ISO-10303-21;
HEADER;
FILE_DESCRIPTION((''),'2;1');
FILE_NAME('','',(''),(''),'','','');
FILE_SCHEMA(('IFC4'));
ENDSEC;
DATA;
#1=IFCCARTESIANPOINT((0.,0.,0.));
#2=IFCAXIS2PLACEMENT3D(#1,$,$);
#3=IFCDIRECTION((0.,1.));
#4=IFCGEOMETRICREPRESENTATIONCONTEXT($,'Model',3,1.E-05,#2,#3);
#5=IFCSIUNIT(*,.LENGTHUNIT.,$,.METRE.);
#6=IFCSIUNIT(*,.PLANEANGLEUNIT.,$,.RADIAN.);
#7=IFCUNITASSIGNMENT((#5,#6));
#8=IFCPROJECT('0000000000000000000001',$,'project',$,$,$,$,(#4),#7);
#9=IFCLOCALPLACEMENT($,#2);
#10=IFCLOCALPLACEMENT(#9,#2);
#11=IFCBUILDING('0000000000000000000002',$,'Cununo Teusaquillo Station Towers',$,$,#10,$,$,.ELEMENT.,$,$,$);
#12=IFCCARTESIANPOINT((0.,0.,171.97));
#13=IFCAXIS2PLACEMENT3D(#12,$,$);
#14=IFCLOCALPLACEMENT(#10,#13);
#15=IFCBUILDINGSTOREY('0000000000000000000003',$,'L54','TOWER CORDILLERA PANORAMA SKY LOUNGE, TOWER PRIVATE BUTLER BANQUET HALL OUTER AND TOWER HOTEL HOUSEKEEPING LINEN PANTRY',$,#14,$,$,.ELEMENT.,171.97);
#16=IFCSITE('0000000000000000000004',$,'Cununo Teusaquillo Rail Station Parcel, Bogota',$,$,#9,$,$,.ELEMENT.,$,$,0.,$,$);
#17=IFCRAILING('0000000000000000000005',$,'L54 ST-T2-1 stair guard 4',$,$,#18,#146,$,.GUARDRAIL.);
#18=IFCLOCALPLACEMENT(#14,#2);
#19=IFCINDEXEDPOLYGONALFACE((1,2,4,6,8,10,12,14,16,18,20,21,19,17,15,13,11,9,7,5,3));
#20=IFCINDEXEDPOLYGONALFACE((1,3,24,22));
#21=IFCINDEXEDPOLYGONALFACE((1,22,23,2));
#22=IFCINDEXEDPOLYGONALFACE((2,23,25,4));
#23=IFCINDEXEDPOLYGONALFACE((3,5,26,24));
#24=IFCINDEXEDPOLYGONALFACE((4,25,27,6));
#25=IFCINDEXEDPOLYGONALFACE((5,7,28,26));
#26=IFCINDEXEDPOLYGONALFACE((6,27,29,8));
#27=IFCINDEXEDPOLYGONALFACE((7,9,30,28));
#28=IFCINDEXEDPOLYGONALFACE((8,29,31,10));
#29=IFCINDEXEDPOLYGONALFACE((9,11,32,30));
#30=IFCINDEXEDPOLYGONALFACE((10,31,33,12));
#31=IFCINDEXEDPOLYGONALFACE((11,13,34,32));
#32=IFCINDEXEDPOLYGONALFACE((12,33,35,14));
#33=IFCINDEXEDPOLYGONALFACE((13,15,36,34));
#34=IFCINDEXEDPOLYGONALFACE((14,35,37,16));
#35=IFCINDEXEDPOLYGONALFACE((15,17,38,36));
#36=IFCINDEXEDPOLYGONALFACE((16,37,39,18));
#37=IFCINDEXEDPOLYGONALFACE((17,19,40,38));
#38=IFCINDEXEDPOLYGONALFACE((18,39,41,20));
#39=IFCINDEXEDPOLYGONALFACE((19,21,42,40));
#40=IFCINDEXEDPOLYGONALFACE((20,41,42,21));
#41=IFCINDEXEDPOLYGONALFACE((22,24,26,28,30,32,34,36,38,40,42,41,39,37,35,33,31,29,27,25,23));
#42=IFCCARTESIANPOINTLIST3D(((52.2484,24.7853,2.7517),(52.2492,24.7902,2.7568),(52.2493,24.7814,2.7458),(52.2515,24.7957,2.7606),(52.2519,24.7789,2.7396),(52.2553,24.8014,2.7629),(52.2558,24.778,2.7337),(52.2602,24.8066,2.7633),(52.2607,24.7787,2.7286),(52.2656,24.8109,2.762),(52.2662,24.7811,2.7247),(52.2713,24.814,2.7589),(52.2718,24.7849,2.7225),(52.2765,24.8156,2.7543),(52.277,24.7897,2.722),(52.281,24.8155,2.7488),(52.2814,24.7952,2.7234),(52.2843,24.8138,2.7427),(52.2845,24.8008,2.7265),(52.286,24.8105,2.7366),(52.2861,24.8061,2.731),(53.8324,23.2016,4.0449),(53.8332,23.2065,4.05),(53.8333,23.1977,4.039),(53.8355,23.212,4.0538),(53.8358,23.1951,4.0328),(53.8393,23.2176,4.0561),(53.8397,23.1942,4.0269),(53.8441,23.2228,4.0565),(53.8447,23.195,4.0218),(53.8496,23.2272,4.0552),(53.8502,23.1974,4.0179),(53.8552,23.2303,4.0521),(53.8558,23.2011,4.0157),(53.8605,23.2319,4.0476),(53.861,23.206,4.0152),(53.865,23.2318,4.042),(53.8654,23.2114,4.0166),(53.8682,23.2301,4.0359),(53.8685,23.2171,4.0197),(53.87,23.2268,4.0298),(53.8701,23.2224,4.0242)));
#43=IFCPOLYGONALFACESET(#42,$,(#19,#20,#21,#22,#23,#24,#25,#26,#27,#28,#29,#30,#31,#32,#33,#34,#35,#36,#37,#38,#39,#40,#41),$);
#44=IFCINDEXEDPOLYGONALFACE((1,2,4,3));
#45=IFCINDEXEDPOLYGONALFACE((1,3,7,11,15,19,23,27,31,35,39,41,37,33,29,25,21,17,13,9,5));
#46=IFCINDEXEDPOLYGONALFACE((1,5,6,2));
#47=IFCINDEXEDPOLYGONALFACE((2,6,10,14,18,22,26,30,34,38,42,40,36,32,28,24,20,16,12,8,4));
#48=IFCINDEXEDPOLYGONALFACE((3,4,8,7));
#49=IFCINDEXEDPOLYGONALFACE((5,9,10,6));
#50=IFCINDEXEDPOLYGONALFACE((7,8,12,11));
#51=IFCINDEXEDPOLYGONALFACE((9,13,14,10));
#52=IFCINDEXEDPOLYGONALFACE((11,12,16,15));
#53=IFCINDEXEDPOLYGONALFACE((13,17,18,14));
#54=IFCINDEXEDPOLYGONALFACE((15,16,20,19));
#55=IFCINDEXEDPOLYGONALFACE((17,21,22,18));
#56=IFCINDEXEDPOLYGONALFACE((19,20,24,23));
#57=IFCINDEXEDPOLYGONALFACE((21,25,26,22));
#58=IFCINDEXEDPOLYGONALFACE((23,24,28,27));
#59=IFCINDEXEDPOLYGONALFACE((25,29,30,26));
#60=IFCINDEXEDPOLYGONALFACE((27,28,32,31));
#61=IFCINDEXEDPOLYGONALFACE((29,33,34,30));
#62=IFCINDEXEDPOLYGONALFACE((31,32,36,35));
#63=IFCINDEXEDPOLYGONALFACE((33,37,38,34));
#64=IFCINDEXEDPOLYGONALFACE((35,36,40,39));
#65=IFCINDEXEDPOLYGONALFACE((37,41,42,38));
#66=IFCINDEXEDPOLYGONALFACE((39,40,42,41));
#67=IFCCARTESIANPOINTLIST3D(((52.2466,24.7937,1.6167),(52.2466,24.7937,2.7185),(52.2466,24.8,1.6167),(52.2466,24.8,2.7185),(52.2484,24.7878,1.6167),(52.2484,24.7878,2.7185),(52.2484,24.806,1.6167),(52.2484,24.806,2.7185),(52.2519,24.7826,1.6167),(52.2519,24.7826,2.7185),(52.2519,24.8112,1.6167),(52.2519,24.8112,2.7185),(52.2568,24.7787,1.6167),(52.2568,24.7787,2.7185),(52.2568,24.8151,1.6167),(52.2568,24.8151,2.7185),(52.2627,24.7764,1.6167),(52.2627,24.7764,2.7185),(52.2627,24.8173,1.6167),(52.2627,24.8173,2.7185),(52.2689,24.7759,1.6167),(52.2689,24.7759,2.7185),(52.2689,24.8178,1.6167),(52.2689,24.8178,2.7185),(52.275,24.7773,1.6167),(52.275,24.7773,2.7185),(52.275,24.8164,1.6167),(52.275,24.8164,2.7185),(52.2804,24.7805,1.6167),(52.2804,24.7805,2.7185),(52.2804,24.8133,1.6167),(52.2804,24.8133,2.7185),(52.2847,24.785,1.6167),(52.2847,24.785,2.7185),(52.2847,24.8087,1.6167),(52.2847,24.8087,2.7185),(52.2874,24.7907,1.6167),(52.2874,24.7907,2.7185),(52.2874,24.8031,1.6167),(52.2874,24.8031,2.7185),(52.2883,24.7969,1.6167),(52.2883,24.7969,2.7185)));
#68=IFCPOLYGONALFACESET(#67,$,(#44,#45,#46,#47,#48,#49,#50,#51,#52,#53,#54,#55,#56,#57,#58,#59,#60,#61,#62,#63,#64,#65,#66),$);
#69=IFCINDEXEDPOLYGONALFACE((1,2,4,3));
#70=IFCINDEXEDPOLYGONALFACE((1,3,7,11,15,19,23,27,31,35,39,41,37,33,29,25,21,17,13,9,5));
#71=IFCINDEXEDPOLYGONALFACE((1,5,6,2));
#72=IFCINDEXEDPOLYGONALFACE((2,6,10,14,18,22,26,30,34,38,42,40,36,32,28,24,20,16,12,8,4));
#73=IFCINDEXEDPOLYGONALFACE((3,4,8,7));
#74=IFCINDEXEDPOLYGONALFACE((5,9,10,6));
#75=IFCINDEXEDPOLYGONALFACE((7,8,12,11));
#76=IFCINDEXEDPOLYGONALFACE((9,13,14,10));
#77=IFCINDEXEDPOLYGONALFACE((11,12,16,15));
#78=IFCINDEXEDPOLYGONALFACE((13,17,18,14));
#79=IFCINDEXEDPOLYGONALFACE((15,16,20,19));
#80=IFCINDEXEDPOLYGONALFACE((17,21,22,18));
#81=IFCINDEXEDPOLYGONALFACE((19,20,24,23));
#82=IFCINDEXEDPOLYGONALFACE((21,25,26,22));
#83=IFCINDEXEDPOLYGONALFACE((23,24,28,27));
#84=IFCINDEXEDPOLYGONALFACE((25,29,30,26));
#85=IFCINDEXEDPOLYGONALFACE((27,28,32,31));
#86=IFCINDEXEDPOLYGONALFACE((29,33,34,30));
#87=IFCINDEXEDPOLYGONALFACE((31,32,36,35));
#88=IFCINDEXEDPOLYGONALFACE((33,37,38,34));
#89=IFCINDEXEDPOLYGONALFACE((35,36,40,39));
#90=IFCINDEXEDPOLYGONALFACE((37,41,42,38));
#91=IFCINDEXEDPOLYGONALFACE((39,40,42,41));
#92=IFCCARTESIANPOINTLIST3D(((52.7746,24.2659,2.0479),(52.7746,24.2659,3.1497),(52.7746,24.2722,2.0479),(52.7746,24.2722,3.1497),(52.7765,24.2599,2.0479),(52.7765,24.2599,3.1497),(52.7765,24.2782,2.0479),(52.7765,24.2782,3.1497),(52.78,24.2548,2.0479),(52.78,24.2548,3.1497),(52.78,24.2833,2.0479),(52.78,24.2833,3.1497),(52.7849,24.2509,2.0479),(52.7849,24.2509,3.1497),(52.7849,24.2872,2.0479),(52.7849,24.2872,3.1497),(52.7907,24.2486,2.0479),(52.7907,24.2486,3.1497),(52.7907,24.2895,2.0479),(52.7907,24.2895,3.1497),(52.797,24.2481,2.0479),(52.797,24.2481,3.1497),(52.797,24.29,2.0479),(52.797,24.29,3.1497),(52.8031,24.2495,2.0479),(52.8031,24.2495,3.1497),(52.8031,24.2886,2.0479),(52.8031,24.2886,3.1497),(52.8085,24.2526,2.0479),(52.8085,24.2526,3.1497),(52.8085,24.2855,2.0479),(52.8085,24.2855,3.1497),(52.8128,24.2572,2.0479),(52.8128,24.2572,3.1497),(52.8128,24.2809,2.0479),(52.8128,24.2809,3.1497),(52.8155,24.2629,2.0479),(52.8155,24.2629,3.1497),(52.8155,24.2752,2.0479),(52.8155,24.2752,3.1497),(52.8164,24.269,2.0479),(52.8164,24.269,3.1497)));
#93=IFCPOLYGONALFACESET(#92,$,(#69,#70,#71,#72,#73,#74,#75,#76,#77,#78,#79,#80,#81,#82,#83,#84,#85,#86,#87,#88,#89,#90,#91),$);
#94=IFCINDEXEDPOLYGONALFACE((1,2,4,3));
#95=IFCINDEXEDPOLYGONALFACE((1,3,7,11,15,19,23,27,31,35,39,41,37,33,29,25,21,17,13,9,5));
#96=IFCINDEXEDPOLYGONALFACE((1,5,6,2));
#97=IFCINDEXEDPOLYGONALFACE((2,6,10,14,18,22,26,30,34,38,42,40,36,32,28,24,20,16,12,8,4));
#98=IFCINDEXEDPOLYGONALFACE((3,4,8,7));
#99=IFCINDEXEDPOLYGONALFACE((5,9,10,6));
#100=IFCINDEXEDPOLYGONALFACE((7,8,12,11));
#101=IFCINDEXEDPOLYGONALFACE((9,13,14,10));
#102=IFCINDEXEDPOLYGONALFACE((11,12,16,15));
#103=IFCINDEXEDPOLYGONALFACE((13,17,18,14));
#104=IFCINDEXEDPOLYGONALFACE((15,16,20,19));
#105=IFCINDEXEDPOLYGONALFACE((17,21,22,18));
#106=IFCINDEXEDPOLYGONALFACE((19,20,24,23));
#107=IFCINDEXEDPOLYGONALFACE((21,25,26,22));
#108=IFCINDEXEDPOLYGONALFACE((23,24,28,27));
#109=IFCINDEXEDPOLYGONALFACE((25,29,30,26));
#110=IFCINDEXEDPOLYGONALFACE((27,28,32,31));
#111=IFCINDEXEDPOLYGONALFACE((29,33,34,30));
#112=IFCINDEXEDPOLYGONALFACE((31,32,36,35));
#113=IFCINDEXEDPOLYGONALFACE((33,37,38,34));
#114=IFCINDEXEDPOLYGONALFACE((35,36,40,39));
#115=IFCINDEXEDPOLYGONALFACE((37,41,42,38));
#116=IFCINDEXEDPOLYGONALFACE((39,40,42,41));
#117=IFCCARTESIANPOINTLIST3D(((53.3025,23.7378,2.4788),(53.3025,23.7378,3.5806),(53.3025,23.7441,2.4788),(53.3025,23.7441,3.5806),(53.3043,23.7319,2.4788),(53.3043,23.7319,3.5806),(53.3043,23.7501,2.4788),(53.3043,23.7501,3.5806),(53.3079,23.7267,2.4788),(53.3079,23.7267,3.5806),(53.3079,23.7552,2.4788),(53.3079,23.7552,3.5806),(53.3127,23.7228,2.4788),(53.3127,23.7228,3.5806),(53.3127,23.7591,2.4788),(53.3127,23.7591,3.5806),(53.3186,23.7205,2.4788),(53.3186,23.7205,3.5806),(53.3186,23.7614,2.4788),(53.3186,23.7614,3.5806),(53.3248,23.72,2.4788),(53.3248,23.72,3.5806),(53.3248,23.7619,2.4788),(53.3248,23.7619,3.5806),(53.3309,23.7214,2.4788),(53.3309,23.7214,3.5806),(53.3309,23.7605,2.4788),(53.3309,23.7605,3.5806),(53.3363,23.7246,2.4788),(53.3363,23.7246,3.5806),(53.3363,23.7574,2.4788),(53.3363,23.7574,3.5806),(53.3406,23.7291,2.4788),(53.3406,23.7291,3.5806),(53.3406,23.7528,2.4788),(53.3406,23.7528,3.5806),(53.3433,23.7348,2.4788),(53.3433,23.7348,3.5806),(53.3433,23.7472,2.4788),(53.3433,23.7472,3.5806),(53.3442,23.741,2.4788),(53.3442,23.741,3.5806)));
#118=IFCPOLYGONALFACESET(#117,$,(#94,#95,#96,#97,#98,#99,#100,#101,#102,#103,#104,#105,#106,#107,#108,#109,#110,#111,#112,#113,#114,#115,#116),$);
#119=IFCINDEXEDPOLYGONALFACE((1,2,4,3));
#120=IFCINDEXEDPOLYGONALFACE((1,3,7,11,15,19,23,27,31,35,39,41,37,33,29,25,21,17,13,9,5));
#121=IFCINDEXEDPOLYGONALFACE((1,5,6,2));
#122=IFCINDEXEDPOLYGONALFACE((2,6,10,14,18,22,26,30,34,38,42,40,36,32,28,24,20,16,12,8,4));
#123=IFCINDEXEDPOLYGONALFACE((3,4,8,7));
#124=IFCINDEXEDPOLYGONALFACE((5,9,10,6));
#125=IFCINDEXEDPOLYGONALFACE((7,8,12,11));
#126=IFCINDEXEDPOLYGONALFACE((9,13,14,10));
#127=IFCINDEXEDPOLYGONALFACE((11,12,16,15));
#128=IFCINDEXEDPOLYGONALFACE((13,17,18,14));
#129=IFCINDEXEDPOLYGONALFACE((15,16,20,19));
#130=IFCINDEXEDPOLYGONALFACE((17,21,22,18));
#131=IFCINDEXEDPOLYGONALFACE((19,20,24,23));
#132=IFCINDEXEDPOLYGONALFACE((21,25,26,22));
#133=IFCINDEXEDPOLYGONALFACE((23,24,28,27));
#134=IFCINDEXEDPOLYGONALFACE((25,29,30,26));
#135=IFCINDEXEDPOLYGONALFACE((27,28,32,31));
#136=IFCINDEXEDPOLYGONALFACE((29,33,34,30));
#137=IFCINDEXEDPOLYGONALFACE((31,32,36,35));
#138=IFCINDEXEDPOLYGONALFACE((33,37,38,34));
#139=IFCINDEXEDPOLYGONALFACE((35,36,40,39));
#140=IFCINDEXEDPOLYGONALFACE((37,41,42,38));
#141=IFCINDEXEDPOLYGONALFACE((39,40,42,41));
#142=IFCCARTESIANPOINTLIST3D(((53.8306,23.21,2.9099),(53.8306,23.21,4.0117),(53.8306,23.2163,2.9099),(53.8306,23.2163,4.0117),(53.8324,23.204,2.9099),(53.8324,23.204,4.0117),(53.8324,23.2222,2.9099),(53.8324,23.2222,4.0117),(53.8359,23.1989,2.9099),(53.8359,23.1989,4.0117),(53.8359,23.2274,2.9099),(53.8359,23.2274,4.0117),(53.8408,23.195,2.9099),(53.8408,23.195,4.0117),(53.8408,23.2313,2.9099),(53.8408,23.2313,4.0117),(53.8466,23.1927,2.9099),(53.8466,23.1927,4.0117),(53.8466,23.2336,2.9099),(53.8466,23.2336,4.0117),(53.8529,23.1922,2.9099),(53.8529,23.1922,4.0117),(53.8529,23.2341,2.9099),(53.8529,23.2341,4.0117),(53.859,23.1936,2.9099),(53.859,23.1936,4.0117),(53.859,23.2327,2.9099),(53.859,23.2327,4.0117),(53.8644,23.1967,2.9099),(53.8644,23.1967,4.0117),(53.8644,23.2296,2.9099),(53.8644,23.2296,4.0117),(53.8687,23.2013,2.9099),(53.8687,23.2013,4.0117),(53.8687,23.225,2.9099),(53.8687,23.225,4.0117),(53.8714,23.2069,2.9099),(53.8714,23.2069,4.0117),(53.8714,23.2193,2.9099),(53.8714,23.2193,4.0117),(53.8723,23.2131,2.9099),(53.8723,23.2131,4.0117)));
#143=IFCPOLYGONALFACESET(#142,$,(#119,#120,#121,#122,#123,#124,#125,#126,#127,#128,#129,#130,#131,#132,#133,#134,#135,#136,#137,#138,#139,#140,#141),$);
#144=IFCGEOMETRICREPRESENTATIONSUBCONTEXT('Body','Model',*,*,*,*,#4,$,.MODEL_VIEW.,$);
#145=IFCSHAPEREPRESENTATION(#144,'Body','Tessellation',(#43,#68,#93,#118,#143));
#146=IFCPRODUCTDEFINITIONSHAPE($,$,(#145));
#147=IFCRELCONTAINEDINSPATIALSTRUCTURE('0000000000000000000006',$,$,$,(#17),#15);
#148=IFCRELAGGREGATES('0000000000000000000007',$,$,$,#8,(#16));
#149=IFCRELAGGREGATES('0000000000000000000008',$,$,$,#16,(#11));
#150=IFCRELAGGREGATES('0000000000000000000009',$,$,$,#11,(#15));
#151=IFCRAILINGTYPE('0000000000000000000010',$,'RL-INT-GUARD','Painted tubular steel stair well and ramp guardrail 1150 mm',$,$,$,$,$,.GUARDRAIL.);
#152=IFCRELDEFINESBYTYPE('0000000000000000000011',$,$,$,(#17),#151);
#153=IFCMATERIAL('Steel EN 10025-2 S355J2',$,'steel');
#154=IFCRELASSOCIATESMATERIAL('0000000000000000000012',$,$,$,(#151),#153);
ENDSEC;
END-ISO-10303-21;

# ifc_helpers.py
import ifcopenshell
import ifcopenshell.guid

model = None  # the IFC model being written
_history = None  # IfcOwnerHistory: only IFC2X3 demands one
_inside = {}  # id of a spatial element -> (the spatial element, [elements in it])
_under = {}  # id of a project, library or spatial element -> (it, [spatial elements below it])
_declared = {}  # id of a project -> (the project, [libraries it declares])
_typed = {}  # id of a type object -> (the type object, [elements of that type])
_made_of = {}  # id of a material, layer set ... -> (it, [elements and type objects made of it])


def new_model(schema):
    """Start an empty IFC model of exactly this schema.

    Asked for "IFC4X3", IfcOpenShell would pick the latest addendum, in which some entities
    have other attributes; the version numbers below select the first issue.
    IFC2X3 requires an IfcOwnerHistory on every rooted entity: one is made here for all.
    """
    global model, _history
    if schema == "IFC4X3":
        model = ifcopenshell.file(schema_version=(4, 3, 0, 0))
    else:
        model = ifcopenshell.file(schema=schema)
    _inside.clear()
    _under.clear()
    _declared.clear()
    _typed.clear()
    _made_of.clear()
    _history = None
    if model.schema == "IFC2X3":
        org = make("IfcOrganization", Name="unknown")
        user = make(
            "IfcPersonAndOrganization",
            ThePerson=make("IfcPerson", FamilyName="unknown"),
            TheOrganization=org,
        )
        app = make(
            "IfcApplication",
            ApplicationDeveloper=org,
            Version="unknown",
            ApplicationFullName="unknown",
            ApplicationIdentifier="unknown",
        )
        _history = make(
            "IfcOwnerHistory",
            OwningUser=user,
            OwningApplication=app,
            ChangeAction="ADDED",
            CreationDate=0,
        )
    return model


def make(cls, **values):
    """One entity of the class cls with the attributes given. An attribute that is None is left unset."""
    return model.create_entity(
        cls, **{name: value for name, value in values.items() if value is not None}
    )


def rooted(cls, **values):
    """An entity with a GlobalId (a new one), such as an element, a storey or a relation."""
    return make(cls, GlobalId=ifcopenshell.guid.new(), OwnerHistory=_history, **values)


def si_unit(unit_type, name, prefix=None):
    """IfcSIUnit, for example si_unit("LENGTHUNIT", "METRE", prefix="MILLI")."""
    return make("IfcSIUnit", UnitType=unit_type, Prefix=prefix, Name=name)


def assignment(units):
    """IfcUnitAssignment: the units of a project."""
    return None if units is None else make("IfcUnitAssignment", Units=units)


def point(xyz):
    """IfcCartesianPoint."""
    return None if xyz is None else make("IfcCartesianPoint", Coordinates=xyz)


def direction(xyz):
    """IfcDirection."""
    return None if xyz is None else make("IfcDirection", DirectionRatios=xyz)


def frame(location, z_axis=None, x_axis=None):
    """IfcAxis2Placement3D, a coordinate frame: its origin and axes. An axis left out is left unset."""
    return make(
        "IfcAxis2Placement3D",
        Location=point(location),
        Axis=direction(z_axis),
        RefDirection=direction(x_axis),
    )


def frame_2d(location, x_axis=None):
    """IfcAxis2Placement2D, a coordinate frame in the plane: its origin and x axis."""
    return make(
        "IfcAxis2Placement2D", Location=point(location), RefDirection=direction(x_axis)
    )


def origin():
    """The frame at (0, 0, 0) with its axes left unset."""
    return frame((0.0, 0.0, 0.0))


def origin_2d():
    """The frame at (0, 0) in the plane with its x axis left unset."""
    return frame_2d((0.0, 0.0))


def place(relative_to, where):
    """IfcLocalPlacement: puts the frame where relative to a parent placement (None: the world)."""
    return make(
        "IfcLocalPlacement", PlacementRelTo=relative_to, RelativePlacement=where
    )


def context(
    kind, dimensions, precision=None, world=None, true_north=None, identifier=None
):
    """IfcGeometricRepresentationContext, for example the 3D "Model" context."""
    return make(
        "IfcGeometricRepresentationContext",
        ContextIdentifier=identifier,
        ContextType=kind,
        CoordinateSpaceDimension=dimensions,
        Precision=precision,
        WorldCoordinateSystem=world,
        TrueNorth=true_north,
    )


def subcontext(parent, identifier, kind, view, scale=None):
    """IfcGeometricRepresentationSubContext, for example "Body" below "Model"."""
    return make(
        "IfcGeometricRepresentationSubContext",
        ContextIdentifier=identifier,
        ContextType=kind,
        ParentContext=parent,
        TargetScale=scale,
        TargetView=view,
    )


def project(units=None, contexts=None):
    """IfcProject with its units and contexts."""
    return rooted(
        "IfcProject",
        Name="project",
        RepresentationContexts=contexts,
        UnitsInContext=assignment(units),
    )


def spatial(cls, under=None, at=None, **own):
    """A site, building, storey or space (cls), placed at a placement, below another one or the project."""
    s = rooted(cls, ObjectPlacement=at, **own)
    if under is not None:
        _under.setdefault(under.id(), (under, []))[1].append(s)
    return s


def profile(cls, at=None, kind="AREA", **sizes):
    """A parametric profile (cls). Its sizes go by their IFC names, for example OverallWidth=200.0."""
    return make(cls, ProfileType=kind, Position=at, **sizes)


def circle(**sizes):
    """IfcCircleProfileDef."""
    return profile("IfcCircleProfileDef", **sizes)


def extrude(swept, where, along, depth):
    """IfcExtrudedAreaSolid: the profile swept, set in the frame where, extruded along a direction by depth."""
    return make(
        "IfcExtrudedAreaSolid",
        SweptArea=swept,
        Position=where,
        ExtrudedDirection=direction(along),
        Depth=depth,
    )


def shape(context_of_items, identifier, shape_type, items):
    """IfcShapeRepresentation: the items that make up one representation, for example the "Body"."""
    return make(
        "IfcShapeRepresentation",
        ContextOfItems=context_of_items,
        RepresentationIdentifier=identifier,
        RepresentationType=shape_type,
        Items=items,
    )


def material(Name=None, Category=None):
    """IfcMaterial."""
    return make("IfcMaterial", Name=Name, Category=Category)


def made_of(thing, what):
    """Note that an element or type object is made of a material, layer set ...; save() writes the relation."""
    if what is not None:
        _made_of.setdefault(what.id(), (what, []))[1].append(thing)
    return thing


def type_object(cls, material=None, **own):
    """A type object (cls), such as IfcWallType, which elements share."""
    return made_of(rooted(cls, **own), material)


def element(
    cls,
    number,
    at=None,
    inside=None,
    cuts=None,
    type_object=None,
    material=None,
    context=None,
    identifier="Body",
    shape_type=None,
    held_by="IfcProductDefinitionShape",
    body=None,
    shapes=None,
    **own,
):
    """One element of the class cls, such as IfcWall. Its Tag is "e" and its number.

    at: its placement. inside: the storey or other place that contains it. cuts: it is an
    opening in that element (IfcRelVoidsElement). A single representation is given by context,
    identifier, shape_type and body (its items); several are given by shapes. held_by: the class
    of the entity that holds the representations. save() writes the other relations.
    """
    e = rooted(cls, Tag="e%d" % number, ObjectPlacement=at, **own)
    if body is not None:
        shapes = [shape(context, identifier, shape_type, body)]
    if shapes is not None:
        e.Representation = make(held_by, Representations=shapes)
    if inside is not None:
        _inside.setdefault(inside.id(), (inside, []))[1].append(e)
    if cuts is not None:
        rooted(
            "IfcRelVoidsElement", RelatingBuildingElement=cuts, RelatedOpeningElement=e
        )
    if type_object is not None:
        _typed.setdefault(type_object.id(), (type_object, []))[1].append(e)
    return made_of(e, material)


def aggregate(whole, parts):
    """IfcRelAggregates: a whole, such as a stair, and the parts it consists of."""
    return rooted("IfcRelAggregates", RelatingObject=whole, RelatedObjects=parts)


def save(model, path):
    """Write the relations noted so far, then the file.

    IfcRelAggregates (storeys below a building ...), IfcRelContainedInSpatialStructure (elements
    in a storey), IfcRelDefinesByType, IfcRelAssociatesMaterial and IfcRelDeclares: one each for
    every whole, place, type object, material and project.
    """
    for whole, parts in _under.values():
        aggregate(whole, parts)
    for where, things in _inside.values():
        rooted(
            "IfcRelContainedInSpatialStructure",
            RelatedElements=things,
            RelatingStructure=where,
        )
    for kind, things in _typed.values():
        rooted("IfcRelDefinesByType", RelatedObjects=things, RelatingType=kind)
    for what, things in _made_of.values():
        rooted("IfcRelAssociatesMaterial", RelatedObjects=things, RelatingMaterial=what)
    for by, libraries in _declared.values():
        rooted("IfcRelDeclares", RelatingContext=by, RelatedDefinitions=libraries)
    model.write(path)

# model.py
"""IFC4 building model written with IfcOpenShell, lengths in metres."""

from ifc_helpers import new_model, si_unit, direction, frame, origin, origin_2d, place, context, subcontext, project, spatial, circle, extrude, material, type_object, element, save


model = new_model("IFC4")

# Units and contexts
model_context = context("Model", 3, precision=1e-05, world=origin(), true_north=direction((0.0, 1.0)))
body_context = subcontext(model_context, "Body", "Model", "MODEL_VIEW")
ifc_project = project(units=[si_unit("LENGTHUNIT", "METRE"), si_unit("PLANEANGLEUNIT", "RADIAN")], contexts=[model_context])

# Site, building, storey
site_placement = place(None, origin())
site = spatial("IfcSite", under=ifc_project, at=site_placement, Name="Cununo Teusaquillo Rail Station Parcel, Bogota", CompositionType="ELEMENT", RefElevation=0.0)
building_placement = place(site_placement, origin())
building = spatial("IfcBuilding", under=site, at=building_placement, Name="Cununo Teusaquillo Station Towers", CompositionType="ELEMENT")
storey_placement = place(building_placement, frame((0.0, 0.0, 171.97)))
storey = spatial("IfcBuildingStorey", under=building, at=storey_placement, Name="L54", Description="TOWER CORDILLERA PANORAMA SKY LOUNGE, TOWER PRIVATE BUTLER BANQUET HALL OUTER AND TOWER HOTEL HOUSEKEEPING LINEN PANTRY", CompositionType="ELEMENT", Elevation=171.97)

# Railing
ifc_material_1 = material(Name="Steel EN 10025-2 S355J2", Category="steel")
railing_type_1 = type_object("IfcRailingType", Name="RL-INT-GUARD", Description="Painted tubular steel stair well and ramp guardrail 1150 mm", PredefinedType="GUARDRAIL", material=ifc_material_1)
railing_1_placement = place(storey_placement, frame((52.2673, 24.7969, 1.6167)))
element("IfcRailing", 1, at=railing_1_placement, inside=storey, type_object=railing_type_1, Name="L54 ST-T2-1 stair guard 4", PredefinedType="GUARDRAIL", context=body_context, shape_type="SweptSolid", body=[
    extrude(circle(Radius=0.0239, at=origin_2d()), frame((0.0, 0.0, 1.126), z_axis=(0.61242, -0.612326, 0.499998), x_axis=(0.707052, 0.707161, 0.0)), (0.0, 0.0, 1.0), 2.5864),
    extrude(circle(Radius=0.021, at=origin_2d()), origin(), (0.0, 0.0, 1.0), 1.1018),
    extrude(circle(Radius=0.021, at=origin_2d()), frame((0.5281, -0.5278, 0.4312)), (0.0, 0.0, 1.0), 1.1018),
    extrude(circle(Radius=0.021, at=origin_2d()), frame((1.0559, -1.0559, 0.8621)), (0.0, 0.0, 1.0), 1.1018),
    extrude(circle(Radius=0.021, at=origin_2d()), frame((1.584, -1.5837, 1.2932)), (0.0, 0.0, 1.0), 1.1018),
])

save(model, "model.ifc")
